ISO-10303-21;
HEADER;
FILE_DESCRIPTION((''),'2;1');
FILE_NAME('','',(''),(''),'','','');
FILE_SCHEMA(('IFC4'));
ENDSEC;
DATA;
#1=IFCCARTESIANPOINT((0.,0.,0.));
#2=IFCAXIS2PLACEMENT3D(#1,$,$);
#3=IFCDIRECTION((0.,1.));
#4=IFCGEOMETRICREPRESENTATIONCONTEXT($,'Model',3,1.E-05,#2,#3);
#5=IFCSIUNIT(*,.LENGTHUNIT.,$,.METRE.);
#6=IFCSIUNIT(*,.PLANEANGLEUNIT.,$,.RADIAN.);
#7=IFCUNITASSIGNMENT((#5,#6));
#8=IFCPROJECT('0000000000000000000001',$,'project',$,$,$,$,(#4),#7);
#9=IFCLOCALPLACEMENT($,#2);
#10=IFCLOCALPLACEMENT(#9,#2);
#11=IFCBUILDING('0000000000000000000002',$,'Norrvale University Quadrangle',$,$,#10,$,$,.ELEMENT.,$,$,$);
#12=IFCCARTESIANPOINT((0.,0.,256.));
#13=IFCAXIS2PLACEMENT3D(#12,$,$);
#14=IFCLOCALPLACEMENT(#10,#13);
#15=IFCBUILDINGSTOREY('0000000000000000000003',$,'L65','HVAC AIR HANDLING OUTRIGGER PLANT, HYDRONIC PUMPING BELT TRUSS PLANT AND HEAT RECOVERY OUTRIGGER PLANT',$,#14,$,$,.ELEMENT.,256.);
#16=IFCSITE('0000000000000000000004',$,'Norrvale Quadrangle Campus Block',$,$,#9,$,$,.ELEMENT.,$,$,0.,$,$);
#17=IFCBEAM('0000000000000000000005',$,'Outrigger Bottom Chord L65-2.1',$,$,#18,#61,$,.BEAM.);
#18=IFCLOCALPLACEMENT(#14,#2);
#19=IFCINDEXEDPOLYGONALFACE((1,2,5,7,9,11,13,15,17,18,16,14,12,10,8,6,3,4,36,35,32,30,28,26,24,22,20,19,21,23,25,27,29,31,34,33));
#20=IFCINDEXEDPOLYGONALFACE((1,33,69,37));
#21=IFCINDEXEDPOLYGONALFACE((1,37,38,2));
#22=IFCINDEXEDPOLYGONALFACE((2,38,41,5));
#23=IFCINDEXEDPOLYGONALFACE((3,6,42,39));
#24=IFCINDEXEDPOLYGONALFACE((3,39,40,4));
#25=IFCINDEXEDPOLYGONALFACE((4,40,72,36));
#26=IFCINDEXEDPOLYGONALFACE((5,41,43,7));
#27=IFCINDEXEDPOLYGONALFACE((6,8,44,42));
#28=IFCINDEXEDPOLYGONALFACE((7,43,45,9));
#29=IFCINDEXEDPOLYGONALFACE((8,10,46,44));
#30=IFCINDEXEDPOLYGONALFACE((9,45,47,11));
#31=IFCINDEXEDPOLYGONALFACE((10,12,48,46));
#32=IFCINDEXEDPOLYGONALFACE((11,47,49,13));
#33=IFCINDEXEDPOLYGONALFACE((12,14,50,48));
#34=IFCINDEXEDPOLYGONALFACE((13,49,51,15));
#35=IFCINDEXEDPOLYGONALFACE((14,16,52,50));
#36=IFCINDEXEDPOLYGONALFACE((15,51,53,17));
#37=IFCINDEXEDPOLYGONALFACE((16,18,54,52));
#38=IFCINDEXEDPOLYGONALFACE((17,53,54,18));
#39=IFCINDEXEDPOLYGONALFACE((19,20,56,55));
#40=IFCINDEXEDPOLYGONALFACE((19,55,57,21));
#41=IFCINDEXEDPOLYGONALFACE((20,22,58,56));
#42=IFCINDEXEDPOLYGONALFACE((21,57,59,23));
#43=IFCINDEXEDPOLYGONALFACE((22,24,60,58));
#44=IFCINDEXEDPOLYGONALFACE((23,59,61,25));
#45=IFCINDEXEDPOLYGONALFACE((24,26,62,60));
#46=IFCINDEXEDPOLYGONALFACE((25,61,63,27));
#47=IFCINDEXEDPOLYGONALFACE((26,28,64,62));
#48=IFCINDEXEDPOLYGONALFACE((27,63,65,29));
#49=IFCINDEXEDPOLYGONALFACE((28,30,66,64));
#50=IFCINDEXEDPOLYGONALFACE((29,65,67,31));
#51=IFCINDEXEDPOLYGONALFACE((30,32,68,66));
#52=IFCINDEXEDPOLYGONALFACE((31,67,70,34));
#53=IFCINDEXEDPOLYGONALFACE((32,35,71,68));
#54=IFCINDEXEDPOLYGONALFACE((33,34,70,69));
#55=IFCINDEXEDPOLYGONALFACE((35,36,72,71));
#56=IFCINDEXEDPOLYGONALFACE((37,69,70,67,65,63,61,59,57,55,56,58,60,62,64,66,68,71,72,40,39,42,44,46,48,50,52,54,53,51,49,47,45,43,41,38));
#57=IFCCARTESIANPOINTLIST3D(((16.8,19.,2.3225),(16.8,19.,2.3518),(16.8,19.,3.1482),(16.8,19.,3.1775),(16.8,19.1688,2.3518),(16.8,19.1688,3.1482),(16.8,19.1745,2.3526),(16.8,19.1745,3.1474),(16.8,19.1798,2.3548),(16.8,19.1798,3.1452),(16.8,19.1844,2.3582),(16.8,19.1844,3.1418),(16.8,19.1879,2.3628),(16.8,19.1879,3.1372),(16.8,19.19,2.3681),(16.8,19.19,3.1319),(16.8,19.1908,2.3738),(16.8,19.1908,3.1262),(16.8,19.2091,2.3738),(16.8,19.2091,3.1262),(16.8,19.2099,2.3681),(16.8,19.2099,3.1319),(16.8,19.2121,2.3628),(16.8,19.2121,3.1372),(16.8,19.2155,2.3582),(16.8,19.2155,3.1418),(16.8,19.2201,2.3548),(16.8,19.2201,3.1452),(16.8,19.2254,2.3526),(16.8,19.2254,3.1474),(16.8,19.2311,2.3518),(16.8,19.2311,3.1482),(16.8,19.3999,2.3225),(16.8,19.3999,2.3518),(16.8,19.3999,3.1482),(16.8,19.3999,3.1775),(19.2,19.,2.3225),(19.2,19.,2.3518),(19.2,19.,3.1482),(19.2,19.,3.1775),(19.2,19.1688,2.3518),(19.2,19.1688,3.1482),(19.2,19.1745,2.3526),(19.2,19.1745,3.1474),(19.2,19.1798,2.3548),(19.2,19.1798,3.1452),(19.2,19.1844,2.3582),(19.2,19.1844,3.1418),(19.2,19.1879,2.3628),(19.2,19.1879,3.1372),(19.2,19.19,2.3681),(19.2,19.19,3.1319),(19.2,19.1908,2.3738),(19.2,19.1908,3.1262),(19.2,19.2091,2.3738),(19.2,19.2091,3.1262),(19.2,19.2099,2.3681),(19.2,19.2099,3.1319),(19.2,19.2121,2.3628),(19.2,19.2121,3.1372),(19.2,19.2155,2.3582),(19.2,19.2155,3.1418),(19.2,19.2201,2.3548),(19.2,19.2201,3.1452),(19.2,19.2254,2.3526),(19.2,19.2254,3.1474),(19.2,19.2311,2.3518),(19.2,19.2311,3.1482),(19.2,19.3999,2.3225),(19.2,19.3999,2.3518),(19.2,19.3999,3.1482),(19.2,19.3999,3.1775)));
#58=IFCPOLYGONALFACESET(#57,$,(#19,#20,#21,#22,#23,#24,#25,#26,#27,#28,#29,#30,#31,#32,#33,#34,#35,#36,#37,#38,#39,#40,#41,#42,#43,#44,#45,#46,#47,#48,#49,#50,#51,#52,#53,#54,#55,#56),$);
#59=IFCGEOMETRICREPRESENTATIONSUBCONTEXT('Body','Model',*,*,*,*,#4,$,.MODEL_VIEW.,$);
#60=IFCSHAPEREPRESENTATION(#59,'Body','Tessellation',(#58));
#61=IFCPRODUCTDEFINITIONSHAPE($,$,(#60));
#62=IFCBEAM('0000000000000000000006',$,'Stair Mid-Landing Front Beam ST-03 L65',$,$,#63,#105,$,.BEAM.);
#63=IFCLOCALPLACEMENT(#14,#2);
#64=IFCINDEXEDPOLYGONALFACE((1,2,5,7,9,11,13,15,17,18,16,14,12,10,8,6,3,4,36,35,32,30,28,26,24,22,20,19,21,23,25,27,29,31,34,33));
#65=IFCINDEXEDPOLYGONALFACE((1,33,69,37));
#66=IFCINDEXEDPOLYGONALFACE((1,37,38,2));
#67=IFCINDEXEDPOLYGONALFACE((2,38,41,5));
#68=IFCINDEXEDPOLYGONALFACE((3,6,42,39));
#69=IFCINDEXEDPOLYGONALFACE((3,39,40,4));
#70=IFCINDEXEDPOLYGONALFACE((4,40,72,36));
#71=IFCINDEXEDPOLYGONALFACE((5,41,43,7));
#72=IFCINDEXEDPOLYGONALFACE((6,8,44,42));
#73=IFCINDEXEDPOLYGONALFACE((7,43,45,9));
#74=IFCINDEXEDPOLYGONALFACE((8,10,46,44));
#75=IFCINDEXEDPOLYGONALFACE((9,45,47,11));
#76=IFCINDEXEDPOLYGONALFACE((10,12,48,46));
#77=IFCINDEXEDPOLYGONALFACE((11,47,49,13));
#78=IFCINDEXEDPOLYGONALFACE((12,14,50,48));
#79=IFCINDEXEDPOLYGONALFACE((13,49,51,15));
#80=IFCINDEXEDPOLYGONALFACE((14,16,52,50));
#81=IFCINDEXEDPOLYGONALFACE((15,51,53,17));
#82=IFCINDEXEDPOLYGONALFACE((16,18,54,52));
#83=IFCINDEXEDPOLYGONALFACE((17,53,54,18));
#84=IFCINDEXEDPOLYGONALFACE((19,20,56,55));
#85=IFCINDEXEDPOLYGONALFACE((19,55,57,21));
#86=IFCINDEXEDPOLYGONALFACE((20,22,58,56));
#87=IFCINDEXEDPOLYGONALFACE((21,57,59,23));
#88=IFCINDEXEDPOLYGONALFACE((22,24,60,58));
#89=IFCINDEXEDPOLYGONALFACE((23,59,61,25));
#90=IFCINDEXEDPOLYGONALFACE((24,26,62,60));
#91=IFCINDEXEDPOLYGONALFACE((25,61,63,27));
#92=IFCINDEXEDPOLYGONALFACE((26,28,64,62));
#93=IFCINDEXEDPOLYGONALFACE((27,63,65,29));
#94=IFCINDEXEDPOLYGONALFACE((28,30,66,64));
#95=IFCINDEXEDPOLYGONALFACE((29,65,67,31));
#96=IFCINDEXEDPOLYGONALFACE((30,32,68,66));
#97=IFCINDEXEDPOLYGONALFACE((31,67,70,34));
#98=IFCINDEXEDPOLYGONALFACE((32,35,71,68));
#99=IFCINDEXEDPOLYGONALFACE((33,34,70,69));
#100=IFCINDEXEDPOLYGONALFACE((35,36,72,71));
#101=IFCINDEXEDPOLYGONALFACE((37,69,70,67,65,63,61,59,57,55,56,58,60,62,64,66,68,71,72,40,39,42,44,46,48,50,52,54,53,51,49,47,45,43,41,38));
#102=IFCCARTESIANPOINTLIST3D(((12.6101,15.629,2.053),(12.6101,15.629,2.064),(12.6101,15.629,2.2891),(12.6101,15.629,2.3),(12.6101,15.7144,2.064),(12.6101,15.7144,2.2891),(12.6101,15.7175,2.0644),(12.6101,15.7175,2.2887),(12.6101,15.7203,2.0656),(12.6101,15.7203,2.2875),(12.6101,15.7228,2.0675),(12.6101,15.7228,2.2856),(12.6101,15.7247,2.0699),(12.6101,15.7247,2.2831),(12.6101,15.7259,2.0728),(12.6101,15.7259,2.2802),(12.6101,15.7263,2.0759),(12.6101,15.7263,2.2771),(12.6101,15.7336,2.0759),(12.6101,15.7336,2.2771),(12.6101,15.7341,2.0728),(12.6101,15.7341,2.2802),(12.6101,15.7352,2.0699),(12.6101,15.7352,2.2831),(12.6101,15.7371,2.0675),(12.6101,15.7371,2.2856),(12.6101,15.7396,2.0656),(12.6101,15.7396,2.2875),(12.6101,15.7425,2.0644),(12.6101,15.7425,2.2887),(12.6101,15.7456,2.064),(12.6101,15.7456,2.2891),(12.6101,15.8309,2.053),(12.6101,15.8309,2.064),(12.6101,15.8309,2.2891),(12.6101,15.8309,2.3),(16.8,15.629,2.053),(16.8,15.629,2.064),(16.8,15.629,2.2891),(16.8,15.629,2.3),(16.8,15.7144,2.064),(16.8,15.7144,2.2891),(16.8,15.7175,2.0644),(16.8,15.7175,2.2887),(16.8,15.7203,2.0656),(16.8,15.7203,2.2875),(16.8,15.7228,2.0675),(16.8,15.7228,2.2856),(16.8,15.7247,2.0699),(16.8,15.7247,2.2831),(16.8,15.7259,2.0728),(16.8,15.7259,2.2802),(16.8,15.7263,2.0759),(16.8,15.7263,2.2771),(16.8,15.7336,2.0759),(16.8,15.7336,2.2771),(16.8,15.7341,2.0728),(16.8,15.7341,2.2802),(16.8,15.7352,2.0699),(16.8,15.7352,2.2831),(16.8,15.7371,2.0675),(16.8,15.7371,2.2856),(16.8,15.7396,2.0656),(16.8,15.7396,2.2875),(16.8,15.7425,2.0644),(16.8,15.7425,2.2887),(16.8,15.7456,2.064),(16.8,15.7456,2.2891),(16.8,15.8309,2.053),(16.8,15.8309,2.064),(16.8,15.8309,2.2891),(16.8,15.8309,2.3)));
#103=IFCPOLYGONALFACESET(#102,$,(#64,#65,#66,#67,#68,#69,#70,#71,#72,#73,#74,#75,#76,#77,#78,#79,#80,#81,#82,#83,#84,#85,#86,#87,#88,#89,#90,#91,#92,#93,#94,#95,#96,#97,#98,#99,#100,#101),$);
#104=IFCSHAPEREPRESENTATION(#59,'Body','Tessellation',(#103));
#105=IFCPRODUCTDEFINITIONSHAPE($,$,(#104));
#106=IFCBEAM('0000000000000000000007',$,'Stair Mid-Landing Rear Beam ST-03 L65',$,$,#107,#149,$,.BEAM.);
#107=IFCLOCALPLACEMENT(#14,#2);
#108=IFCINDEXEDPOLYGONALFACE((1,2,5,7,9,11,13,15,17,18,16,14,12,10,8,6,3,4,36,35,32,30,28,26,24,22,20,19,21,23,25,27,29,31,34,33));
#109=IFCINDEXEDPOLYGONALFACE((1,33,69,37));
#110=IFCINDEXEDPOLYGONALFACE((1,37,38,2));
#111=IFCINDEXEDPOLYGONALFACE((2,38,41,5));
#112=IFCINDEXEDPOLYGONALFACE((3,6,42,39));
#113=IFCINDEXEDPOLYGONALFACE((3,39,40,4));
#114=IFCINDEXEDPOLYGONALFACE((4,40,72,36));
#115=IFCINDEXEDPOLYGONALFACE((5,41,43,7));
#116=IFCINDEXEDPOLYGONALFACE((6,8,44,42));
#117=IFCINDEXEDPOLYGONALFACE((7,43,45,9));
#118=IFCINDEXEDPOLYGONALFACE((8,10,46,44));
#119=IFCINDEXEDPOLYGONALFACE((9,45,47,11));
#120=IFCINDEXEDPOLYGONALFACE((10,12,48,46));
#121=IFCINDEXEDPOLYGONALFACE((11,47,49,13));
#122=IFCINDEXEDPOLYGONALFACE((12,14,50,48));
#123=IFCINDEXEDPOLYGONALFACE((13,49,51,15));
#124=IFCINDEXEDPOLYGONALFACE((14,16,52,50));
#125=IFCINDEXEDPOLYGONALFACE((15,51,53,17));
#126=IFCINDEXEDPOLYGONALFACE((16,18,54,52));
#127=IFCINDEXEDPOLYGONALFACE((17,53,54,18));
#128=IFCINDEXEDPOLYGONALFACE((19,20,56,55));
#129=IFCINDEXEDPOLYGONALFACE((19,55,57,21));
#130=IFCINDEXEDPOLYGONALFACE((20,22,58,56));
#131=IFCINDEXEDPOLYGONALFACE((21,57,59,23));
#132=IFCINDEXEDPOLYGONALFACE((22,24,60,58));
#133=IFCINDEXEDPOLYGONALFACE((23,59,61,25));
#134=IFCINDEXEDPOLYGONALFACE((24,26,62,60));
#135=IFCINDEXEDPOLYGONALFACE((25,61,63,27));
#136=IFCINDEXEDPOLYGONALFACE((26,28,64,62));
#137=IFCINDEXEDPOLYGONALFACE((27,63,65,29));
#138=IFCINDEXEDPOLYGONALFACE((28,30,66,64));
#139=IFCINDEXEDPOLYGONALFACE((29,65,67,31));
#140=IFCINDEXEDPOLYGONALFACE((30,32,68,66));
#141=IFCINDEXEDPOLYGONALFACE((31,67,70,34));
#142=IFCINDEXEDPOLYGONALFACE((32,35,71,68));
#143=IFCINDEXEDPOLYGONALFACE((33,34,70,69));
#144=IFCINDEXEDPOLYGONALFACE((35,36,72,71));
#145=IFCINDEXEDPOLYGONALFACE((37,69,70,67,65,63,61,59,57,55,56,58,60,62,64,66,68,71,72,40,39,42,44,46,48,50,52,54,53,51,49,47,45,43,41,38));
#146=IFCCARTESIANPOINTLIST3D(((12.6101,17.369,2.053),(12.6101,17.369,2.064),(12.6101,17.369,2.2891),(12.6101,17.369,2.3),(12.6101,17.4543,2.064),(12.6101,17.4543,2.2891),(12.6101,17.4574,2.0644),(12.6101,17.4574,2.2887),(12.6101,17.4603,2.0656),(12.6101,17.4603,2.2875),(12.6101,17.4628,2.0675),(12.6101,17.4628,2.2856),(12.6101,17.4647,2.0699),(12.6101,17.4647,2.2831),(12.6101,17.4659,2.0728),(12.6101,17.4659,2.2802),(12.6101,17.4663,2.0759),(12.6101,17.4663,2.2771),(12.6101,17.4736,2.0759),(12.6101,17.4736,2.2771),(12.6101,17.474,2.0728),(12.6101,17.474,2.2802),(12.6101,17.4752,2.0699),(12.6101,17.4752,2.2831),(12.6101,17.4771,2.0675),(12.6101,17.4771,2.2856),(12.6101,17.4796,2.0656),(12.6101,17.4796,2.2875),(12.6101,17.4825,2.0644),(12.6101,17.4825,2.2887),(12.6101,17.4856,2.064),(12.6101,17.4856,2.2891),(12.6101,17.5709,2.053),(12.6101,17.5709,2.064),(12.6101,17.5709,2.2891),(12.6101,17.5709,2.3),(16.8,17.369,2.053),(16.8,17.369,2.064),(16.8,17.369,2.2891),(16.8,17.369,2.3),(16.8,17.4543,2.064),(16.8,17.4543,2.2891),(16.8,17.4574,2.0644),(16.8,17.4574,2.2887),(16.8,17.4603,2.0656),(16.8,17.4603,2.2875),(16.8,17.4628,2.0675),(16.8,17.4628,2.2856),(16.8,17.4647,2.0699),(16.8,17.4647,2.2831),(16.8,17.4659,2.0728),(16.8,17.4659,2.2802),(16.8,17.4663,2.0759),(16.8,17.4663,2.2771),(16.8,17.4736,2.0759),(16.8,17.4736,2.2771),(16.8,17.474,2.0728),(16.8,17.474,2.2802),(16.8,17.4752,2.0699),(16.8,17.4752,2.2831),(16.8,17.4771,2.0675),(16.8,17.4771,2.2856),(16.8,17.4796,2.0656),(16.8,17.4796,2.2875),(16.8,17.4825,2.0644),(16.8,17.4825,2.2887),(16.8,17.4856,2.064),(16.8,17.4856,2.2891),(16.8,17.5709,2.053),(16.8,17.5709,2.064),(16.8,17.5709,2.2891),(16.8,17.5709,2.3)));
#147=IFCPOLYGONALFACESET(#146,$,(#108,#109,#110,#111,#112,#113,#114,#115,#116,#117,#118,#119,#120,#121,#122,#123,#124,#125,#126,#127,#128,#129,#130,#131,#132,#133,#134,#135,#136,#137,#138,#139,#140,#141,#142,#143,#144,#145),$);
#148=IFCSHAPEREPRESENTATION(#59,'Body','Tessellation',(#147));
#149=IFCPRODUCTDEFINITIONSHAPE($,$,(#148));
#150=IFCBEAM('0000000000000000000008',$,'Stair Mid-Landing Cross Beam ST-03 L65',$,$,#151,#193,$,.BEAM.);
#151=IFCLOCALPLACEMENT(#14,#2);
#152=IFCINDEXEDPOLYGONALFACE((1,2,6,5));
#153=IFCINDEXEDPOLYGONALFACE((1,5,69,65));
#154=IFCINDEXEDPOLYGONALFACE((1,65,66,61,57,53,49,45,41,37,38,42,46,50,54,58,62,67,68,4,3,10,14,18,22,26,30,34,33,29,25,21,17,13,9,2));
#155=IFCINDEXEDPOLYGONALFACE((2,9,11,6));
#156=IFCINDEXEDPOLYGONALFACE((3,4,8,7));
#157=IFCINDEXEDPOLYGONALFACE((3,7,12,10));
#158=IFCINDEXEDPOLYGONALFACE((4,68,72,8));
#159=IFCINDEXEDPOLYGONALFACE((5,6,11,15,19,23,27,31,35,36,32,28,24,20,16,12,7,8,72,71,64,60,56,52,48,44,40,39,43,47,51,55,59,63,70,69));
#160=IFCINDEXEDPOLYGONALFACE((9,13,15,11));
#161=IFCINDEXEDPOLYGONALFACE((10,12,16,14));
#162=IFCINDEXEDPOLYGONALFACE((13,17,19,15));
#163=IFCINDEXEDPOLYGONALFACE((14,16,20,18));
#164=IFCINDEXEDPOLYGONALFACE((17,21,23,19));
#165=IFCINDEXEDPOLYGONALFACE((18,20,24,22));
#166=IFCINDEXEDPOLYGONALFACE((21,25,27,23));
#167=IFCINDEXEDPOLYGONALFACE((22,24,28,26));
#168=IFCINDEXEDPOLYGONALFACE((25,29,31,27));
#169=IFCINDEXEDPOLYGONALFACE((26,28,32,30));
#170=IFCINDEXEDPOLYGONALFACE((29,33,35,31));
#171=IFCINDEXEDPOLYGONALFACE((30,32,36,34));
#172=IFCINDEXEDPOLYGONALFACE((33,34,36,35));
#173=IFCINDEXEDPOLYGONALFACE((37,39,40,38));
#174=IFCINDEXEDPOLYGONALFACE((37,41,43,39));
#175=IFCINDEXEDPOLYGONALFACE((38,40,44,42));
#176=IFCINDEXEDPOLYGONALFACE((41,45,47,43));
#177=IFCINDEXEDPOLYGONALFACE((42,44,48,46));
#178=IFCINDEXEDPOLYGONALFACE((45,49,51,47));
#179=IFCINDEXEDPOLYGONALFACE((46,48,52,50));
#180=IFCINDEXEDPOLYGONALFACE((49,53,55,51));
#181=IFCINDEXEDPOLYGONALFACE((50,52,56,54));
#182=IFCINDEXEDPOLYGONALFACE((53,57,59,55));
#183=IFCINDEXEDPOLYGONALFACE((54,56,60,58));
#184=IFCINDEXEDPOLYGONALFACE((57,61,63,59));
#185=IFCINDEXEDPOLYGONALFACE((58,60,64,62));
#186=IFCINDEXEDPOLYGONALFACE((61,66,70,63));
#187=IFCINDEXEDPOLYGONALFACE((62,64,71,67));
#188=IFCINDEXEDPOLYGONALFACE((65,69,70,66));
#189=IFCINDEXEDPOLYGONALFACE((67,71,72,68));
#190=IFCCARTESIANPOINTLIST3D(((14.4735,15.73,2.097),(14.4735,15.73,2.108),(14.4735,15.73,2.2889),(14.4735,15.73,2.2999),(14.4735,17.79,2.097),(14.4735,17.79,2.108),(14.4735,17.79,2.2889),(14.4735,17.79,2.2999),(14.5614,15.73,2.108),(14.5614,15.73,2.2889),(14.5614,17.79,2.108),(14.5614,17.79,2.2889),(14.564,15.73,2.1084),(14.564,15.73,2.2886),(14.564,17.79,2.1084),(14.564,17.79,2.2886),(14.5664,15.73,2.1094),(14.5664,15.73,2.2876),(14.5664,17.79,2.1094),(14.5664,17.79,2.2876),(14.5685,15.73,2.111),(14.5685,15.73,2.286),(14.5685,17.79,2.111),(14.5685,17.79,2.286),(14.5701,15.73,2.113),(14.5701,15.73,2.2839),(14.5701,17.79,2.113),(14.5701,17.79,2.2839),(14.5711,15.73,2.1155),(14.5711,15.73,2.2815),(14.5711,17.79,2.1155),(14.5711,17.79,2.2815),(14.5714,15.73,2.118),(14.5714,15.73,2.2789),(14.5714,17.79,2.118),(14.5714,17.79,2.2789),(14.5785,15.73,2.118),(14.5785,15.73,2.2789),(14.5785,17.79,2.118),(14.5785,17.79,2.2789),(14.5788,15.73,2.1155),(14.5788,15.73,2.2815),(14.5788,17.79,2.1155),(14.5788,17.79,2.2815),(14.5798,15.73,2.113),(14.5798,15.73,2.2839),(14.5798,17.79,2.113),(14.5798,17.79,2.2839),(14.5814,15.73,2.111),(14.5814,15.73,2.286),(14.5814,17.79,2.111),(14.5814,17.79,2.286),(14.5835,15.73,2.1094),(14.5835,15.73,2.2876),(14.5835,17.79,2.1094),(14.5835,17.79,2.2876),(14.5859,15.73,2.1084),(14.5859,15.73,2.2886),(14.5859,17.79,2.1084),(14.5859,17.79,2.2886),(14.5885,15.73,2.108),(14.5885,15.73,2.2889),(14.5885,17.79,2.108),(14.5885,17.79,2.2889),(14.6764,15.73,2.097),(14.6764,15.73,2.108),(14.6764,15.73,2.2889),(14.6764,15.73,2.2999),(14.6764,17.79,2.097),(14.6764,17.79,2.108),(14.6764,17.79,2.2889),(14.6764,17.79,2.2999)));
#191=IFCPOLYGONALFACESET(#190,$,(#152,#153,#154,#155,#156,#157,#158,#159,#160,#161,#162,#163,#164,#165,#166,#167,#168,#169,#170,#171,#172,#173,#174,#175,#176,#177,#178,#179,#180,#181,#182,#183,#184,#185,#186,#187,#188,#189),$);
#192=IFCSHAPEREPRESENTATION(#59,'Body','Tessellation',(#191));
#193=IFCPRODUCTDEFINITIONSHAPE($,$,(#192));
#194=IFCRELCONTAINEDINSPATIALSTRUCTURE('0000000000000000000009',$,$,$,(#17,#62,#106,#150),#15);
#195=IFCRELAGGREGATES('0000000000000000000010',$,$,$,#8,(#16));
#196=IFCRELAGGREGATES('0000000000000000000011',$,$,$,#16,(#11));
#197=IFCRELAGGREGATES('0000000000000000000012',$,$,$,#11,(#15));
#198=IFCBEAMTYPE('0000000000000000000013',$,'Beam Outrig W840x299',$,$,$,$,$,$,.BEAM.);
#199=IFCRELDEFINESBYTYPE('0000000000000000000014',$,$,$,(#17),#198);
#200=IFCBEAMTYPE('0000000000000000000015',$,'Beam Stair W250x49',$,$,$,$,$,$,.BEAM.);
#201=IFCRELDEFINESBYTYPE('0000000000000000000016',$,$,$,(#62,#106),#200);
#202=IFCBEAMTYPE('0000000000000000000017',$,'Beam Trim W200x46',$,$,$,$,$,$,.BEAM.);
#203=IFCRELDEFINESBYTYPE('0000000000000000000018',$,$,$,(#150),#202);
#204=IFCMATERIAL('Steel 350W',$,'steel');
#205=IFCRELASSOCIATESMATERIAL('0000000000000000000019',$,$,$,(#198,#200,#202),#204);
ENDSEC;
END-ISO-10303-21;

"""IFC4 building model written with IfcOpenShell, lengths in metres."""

from ifc_helpers import new_model, si_unit, direction, frame, origin, origin_2d, place, context, subcontext, project, spatial, i_section, extrude, material, material_profile, profile_set, type_object, element, save


model = new_model("IFC4")

# Units and contexts
model_context = context("Model", 3, precision=1e-05, world=origin(), true_north=direction((0.0, 1.0)))
body_context = subcontext(model_context, "Body", "Model", "MODEL_VIEW")
ifc_project = project(units=[si_unit("LENGTHUNIT", "METRE"), si_unit("PLANEANGLEUNIT", "RADIAN")], contexts=[model_context])

# Site, building, storey
site_placement = place(None, origin())
site = spatial("IfcSite", under=ifc_project, at=site_placement, Name="Norrvale Quadrangle Campus Block", CompositionType="ELEMENT", RefElevation=0.0)
building_placement = place(site_placement, origin())
building = spatial("IfcBuilding", under=site, at=building_placement, Name="Norrvale University Quadrangle", CompositionType="ELEMENT")
storey_placement = place(building_placement, frame((0.0, 0.0, 256.0)))
storey = spatial("IfcBuildingStorey", under=building, at=storey_placement, Name="L65", Description="HVAC AIR HANDLING OUTRIGGER PLANT, HYDRONIC PUMPING BELT TRUSS PLANT AND HEAT RECOVERY OUTRIGGER PLANT", CompositionType="ELEMENT", Elevation=256.0)

# Beams
ifc_material_1 = material(Name="Steel 350W", Category="steel")
ifc_material_profile_1 = material_profile(ifc_material_1, i_section(OverallWidth=0.3999, OverallDepth=0.855, WebThickness=0.0183, FlangeThickness=0.0293, FilletRadius=0.022, at=origin_2d()), Name="Steel 350W")
ifc_profile_set_1 = profile_set([ifc_material_profile_1], Name="Steel 350W")
beam_type_1 = type_object("IfcBeamType", Name="Beam Outrig W840x299", PredefinedType="BEAM", material=ifc_profile_set_1)
beam_1_placement = place(storey_placement, frame((16.8, 19.2, 2.75), z_axis=(1.0, 0.0, 0.0), x_axis=(0.0, 1.0, 0.0)))
element("IfcBeam", 1, at=beam_1_placement, inside=storey, type_object=beam_type_1, Name="Outrigger Bottom Chord L65-2.1", PredefinedType="BEAM", context=body_context, shape_type="SweptSolid", body=[
    extrude(i_section(OverallWidth=0.3999, OverallDepth=0.855, WebThickness=0.0183, FlangeThickness=0.0293, FilletRadius=0.022, at=origin_2d()), origin(), (0.0, 0.0, 1.0), 2.3999),
])
ifc_material_profile_2 = material_profile(ifc_material_1, i_section(OverallWidth=0.2019, OverallDepth=0.2471, WebThickness=0.0073, FlangeThickness=0.011, FilletRadius=0.012, at=origin_2d()), Name="Steel 350W")
ifc_profile_set_2 = profile_set([ifc_material_profile_2], Name="Steel 350W")
beam_type_2 = type_object("IfcBeamType", Name="Beam Stair W250x49", PredefinedType="BEAM", material=ifc_profile_set_2)
for number, where, z_axis, x_axis, name in (
    (2, (12.6101, 15.73, 2.1765), (1.0, 0.0, 0.0), (0.0, 1.0, 0.0), "Stair Mid-Landing Front Beam ST-03 L65"),
    (3, (12.6101, 17.47, 2.1765), (1.0, 0.0, 0.0), (0.0, 1.0, 0.0), "Stair Mid-Landing Rear Beam ST-03 L65"),
):
    element("IfcBeam", number, at=place(storey_placement, frame(where, z_axis=z_axis, x_axis=x_axis)), inside=storey, type_object=beam_type_2, Name=name, PredefinedType="BEAM", context=body_context, shape_type="SweptSolid", body=[
        extrude(i_section(OverallWidth=0.2019, OverallDepth=0.2471, WebThickness=0.0073, FlangeThickness=0.011, FilletRadius=0.012, at=origin_2d()), origin(), (0.0, 0.0, 1.0), 4.1899),
    ])
ifc_material_profile_3 = material_profile(ifc_material_1, i_section(OverallWidth=0.2029, OverallDepth=0.2029, WebThickness=0.0071, FlangeThickness=0.011, FilletRadius=0.01, at=origin_2d()), Name="Steel 350W")
ifc_profile_set_3 = profile_set([ifc_material_profile_3], Name="Steel 350W")
beam_type_3 = type_object("IfcBeamType", Name="Beam Trim W200x46", PredefinedType="BEAM", material=ifc_profile_set_3)
beam_2_placement = place(storey_placement, frame((14.575, 15.73, 2.1985), z_axis=(0.0, 1.0, 0.0), x_axis=(-1.0, 0.0, 0.0)))
element("IfcBeam", 4, at=beam_2_placement, inside=storey, type_object=beam_type_3, Name="Stair Mid-Landing Cross Beam ST-03 L65", PredefinedType="BEAM", context=body_context, shape_type="SweptSolid", body=[
    extrude(i_section(OverallWidth=0.2029, OverallDepth=0.2029, WebThickness=0.0071, FlangeThickness=0.011, FilletRadius=0.01, at=origin_2d()), origin(), (0.0, 0.0, 1.0), 2.0601),
])

save(model, "model.ifc")
